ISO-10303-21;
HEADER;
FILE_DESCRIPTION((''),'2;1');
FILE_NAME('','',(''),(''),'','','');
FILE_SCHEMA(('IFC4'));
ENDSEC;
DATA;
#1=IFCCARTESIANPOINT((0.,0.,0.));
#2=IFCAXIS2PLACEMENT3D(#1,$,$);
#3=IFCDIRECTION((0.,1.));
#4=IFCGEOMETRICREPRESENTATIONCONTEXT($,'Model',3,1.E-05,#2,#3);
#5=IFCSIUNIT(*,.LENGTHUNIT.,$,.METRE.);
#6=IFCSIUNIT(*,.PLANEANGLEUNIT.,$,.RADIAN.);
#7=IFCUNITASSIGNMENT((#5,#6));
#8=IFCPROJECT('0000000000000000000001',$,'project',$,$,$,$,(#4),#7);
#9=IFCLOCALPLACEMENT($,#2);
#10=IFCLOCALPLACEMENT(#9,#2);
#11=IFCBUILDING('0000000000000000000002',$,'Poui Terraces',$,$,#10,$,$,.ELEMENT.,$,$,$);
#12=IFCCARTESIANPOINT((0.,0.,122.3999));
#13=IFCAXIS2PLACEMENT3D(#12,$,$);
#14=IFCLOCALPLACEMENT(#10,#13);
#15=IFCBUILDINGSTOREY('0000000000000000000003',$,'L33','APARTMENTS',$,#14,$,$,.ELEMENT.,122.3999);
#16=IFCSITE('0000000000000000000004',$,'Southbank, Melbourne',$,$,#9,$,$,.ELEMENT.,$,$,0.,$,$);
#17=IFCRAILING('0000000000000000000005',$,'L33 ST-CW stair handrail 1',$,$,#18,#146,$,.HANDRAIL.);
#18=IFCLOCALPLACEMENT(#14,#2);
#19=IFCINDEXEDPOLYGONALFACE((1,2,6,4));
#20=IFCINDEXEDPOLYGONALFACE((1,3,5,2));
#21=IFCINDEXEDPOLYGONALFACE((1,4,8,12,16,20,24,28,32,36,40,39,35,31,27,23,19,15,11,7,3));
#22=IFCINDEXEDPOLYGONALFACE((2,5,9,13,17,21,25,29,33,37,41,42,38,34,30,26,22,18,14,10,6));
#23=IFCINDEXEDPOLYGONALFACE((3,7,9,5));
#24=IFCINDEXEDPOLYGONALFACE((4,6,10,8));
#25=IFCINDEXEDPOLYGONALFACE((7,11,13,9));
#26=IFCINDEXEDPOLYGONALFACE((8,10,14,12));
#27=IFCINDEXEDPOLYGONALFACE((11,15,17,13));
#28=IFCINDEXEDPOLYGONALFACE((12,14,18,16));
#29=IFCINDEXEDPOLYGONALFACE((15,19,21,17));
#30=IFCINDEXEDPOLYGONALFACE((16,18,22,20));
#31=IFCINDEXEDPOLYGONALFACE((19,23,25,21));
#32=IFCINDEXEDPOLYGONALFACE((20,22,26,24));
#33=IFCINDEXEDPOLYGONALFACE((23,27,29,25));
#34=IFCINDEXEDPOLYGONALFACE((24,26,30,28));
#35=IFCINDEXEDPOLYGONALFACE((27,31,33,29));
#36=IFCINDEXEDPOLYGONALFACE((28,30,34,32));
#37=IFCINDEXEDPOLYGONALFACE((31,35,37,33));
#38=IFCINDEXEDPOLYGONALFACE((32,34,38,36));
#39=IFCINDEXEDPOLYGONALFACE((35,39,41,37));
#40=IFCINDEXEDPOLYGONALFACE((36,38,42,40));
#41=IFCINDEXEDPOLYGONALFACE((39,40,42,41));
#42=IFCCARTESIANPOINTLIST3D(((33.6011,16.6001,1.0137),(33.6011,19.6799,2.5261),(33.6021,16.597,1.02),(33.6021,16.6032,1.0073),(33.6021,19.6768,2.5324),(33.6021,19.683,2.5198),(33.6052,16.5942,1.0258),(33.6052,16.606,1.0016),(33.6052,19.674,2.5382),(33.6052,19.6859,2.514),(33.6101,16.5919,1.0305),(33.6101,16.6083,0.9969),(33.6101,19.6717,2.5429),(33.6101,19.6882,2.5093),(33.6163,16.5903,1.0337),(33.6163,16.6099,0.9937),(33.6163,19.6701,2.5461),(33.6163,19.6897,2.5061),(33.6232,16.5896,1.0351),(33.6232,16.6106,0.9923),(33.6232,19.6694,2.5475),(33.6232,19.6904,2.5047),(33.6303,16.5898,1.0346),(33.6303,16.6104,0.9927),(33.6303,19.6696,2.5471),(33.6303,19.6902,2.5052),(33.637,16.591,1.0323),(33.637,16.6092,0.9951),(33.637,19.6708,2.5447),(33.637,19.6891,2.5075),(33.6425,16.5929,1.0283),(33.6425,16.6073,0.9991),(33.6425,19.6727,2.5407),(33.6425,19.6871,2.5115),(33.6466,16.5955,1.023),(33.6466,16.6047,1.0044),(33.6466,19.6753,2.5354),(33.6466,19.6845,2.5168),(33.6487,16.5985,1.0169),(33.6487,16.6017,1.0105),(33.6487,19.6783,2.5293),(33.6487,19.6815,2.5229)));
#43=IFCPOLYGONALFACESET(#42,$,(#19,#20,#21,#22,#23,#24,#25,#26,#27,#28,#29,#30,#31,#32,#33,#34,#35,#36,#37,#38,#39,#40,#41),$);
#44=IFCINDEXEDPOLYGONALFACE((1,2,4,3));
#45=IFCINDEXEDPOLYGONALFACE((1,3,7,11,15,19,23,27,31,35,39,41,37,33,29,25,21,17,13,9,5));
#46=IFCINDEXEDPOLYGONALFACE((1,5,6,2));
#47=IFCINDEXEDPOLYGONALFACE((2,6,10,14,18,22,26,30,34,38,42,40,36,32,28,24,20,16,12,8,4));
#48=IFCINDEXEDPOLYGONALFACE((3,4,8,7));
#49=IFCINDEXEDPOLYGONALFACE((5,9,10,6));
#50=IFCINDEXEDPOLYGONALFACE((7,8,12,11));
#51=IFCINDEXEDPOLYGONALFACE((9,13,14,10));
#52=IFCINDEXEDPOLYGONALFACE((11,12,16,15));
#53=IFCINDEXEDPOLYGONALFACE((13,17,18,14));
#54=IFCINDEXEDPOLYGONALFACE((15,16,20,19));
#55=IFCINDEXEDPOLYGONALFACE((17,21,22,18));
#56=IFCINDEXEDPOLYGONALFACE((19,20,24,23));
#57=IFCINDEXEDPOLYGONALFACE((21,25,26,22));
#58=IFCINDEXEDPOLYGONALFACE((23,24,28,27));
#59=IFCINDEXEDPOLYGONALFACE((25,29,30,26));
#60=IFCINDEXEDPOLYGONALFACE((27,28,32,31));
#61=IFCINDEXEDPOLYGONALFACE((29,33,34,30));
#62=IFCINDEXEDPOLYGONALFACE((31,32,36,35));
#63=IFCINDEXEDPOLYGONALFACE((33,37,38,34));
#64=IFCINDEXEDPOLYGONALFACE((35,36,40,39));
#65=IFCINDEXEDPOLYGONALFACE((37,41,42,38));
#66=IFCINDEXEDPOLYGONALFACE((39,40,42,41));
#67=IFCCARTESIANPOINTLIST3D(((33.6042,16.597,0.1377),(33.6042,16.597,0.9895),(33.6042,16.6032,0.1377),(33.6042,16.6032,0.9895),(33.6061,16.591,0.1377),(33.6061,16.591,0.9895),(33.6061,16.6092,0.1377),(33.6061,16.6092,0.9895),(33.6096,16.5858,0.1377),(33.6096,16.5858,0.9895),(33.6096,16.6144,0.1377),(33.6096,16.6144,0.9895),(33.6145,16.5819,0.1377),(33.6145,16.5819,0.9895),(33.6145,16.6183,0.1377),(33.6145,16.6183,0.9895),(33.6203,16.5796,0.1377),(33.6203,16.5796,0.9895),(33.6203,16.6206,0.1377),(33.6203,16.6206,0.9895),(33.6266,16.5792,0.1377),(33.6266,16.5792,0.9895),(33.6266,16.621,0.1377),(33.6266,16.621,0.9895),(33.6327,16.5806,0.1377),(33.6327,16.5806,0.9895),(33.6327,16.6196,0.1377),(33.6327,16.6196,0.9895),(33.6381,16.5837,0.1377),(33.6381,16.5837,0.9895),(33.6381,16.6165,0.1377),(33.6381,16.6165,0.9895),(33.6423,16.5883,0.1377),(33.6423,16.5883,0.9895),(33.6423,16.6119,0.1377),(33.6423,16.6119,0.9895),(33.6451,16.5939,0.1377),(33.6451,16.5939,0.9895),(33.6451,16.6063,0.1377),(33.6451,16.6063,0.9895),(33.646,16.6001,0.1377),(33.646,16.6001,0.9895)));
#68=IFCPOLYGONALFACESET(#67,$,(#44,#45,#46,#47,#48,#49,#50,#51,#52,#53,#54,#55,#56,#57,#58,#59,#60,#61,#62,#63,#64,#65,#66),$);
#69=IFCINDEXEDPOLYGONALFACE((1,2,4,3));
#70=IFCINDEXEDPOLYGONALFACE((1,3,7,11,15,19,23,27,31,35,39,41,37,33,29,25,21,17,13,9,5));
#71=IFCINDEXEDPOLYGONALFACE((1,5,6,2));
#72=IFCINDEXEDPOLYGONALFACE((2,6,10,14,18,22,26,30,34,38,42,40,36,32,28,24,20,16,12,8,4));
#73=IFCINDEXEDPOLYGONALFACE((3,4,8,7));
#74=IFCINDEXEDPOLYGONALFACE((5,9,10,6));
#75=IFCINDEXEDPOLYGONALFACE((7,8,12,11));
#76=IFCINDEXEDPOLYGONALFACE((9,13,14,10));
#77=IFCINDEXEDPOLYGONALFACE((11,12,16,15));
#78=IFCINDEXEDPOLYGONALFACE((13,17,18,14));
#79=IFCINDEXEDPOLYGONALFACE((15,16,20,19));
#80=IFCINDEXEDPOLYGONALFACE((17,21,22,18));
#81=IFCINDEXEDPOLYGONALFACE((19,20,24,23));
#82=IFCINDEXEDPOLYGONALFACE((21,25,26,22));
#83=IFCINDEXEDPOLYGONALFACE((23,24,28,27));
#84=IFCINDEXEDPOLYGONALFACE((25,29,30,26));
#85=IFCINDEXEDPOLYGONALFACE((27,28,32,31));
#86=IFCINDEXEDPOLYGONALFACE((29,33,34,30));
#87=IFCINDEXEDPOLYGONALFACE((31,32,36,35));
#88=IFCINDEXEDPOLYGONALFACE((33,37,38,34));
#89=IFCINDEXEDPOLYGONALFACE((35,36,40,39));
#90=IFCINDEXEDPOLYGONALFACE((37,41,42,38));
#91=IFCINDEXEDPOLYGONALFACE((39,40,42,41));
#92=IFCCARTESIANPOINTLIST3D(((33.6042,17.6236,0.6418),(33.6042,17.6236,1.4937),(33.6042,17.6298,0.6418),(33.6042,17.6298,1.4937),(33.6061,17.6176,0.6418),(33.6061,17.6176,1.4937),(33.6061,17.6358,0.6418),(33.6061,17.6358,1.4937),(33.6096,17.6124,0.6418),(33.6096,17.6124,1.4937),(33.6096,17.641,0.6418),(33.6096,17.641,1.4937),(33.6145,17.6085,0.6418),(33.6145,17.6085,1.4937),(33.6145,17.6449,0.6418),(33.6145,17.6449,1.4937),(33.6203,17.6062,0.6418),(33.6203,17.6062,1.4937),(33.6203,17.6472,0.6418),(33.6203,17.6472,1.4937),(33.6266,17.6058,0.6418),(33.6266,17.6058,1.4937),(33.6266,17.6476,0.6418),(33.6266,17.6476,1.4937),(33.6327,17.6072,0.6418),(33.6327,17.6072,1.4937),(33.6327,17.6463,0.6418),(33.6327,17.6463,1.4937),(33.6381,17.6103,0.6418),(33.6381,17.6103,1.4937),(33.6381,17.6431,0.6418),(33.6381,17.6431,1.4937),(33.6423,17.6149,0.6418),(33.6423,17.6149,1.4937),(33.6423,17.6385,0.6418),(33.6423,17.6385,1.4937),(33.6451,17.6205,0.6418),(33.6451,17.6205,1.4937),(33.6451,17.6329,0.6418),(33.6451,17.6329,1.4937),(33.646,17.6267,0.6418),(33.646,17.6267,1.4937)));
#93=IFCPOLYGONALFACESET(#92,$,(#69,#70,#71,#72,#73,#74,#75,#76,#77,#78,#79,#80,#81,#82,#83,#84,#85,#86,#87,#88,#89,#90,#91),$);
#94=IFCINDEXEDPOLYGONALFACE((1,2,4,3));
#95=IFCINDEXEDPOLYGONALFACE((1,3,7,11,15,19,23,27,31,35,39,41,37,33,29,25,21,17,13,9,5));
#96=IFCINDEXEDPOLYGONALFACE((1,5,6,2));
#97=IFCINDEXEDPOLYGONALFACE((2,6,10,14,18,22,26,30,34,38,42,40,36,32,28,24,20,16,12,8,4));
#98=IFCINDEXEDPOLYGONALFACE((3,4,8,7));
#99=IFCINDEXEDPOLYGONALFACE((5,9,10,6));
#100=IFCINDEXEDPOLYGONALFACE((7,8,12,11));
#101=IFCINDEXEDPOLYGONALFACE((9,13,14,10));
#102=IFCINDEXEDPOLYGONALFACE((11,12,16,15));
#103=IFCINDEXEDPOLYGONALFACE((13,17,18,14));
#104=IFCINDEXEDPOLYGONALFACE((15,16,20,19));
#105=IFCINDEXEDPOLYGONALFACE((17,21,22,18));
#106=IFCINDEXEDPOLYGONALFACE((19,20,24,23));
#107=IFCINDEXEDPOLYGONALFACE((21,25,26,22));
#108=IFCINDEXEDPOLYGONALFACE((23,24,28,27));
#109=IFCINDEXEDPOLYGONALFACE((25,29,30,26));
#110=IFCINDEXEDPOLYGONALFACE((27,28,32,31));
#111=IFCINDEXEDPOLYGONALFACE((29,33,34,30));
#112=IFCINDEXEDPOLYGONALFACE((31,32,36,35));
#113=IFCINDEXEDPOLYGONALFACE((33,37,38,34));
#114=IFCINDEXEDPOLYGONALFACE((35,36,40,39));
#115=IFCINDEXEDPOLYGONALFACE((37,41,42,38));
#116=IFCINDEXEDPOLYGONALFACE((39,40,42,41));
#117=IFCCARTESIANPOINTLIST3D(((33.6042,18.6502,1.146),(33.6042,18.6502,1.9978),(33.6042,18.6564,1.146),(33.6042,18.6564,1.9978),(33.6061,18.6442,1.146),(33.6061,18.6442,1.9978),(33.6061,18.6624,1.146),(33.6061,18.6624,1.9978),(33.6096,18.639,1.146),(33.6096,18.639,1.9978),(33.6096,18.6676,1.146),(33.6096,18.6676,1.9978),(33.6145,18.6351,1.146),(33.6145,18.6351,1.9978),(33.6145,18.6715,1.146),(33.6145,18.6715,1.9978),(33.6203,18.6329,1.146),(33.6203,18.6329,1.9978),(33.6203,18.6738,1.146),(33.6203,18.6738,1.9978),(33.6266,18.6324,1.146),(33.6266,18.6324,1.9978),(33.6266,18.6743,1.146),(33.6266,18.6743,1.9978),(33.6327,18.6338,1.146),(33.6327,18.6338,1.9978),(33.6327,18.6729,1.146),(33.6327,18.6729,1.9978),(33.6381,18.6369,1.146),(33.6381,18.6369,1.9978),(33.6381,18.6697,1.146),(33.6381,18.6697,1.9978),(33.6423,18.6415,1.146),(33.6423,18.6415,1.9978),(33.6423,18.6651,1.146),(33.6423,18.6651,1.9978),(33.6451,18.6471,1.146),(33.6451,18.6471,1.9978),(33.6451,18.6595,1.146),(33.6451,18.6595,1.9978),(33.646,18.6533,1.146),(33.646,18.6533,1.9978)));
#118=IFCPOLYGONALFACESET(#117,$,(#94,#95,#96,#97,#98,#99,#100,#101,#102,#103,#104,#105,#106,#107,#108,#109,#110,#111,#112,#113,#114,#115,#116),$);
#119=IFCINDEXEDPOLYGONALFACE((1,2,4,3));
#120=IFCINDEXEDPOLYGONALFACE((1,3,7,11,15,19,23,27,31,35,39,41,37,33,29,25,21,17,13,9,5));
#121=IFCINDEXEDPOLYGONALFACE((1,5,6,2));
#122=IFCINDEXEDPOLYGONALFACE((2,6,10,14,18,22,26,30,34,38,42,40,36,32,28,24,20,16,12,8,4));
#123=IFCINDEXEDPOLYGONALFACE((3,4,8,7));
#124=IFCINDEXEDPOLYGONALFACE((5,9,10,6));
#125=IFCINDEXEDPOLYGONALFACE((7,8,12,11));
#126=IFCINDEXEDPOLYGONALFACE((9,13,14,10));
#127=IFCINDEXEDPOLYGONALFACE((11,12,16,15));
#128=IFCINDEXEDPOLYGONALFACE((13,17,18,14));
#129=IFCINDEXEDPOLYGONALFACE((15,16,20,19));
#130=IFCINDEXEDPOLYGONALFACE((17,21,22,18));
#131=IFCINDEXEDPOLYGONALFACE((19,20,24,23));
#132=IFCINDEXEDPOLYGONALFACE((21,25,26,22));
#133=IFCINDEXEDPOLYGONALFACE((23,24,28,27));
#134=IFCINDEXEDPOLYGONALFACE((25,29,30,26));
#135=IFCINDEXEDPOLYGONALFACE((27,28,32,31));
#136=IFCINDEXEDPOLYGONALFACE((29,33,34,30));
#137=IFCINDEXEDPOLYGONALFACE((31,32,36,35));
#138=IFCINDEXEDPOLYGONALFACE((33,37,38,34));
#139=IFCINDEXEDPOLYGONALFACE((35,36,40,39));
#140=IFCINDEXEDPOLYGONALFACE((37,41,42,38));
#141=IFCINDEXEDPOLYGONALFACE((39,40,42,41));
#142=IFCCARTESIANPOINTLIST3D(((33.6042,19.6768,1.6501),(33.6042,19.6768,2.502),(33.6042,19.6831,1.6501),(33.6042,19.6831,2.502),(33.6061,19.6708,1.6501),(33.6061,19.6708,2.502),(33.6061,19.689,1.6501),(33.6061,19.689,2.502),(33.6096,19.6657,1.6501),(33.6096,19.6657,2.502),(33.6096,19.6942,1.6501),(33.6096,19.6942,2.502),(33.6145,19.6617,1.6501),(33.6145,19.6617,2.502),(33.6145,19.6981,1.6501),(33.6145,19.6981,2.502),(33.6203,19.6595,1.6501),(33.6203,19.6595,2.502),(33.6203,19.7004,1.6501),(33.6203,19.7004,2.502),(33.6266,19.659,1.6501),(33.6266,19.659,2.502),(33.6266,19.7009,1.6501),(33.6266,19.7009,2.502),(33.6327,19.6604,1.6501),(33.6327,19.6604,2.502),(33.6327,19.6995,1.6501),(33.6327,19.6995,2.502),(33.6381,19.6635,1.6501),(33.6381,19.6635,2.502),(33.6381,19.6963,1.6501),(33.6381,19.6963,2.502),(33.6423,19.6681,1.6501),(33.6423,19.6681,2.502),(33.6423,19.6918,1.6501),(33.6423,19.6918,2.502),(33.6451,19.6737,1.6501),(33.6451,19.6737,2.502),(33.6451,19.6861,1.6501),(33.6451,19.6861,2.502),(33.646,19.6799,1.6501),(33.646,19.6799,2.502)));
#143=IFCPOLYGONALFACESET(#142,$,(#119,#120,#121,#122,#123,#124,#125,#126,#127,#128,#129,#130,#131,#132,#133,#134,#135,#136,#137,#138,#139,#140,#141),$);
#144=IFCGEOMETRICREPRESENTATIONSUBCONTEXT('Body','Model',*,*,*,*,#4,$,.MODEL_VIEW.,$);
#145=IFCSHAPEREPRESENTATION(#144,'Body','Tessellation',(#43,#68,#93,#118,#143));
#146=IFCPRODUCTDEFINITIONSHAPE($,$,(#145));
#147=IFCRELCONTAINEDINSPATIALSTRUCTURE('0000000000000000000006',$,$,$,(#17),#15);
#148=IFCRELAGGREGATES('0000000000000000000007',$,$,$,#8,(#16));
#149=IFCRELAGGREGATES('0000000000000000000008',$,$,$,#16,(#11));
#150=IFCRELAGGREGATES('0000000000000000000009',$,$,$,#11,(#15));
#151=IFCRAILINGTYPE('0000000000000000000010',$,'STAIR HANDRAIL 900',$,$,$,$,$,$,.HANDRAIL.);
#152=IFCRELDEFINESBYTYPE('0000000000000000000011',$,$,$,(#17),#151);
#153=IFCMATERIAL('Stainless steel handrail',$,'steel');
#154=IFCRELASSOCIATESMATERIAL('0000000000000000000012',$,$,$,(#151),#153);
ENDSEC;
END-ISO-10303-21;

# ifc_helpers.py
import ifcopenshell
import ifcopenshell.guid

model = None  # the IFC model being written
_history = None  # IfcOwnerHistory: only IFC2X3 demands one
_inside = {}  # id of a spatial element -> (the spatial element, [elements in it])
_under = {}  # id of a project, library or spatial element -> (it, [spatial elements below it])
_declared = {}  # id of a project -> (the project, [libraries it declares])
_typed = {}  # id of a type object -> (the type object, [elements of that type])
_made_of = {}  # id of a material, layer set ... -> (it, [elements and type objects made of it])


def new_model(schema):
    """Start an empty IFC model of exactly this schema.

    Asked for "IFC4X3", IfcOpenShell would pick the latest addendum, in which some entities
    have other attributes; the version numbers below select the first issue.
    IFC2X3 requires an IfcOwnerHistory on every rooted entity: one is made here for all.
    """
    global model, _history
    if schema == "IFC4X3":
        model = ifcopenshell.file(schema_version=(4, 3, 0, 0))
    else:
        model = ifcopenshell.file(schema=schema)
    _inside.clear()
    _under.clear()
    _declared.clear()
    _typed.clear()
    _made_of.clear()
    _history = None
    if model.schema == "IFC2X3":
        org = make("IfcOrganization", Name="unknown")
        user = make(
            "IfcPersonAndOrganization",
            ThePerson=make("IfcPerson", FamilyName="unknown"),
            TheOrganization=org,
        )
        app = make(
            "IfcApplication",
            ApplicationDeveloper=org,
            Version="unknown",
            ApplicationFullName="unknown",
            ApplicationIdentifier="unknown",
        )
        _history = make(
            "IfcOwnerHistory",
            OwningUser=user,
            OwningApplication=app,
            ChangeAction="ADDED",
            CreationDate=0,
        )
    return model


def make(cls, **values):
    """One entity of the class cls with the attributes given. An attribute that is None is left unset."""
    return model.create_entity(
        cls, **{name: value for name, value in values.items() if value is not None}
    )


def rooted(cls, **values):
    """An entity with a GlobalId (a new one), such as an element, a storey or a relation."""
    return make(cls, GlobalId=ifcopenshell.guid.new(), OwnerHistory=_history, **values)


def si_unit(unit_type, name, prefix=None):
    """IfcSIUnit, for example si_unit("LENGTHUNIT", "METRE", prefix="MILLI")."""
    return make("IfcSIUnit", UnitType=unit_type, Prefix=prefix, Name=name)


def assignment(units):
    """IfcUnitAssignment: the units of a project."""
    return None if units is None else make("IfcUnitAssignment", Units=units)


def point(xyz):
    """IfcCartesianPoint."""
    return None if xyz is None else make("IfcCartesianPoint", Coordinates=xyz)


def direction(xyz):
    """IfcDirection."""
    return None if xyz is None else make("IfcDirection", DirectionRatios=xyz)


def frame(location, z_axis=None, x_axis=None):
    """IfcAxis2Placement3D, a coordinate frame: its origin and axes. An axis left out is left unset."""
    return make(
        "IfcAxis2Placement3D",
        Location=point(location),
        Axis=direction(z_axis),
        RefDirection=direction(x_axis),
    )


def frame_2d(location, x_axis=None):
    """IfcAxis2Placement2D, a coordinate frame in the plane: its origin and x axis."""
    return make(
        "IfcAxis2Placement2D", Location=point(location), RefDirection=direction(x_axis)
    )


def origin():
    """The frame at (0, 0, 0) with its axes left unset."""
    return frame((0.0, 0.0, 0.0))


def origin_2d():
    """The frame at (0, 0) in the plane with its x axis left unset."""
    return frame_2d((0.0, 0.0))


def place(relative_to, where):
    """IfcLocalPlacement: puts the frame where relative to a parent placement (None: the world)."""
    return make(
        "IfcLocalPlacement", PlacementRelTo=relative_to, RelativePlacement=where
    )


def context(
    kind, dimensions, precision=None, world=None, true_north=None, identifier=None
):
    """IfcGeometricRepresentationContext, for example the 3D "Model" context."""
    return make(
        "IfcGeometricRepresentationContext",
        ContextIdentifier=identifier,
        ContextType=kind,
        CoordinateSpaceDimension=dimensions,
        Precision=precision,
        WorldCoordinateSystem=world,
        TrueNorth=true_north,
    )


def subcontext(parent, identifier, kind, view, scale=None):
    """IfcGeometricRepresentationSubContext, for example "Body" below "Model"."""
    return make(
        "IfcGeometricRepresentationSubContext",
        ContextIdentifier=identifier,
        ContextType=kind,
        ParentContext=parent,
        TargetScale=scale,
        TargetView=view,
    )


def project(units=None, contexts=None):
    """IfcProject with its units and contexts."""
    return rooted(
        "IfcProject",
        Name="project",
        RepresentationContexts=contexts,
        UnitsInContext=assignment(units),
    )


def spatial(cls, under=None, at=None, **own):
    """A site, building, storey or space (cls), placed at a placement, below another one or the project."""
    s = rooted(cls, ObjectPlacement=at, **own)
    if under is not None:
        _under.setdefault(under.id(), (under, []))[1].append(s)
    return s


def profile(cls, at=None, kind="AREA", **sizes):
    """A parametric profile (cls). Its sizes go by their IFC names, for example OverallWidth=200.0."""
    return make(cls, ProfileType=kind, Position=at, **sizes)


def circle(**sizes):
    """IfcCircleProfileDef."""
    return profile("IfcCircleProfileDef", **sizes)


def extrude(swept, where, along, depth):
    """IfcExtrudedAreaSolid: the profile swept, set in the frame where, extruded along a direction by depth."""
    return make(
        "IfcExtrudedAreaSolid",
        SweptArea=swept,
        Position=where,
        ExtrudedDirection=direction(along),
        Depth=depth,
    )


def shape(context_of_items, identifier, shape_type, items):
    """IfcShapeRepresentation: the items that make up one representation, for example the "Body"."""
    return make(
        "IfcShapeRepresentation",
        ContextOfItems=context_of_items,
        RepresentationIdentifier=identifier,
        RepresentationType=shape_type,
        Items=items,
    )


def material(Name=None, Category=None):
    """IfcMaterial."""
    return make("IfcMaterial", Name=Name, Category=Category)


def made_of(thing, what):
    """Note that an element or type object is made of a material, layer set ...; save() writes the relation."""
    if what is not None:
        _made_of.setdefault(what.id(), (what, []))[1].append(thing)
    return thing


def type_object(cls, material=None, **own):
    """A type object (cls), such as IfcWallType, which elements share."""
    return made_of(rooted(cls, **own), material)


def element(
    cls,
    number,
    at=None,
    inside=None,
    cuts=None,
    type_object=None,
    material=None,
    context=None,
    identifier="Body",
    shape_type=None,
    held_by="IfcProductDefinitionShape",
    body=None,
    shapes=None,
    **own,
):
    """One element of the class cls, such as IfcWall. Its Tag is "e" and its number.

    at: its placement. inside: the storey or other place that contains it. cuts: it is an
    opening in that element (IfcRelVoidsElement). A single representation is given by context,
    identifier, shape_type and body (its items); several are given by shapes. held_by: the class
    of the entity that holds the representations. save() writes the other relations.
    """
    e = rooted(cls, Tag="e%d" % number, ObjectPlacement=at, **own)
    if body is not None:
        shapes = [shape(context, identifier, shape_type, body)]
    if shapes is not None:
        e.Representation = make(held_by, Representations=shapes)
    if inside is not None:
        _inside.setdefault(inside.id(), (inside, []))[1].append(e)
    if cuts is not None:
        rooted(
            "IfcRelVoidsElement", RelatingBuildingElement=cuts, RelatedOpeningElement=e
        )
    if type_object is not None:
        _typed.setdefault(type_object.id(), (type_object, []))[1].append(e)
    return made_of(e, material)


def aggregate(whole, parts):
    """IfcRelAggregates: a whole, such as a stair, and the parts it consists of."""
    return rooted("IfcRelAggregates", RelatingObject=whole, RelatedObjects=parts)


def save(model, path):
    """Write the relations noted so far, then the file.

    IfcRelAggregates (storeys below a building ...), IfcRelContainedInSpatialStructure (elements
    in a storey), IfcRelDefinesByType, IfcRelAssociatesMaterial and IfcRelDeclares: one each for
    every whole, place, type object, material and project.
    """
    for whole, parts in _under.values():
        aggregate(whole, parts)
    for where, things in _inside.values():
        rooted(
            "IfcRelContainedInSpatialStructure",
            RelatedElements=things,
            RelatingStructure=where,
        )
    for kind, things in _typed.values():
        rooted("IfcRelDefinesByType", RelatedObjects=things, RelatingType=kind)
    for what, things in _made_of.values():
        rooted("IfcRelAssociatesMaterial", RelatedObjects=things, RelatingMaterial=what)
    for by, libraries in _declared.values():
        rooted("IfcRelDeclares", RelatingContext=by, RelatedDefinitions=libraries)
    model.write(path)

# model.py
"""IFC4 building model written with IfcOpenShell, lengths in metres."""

from ifc_helpers import new_model, si_unit, direction, frame, origin, origin_2d, place, context, subcontext, project, spatial, circle, extrude, material, type_object, element, save


model = new_model("IFC4")

# Units and contexts
model_context = context("Model", 3, precision=1e-05, world=origin(), true_north=direction((0.0, 1.0)))
body_context = subcontext(model_context, "Body", "Model", "MODEL_VIEW")
ifc_project = project(units=[si_unit("LENGTHUNIT", "METRE"), si_unit("PLANEANGLEUNIT", "RADIAN")], contexts=[model_context])

# Site, building, storey
site_placement = place(None, origin())
site = spatial("IfcSite", under=ifc_project, at=site_placement, Name="Southbank, Melbourne", CompositionType="ELEMENT", RefElevation=0.0)
building_placement = place(site_placement, origin())
building = spatial("IfcBuilding", under=site, at=building_placement, Name="Poui Terraces", CompositionType="ELEMENT")
storey_placement = place(building_placement, frame((0.0, 0.0, 122.3999)))
storey = spatial("IfcBuildingStorey", under=building, at=storey_placement, Name="L33", Description="APARTMENTS", CompositionType="ELEMENT", Elevation=122.3999)

# Railing
ifc_material_1 = material(Name="Stainless steel handrail", Category="steel")
railing_type_1 = type_object("IfcRailingType", Name="STAIR HANDRAIL 900", PredefinedType="HANDRAIL", material=ifc_material_1)
railing_1_placement = place(storey_placement, frame((33.625, 16.6001, 0.1377)))
element("IfcRailing", 1, at=railing_1_placement, inside=storey, type_object=railing_type_1, Name="L33 ST-CW stair handrail 1", PredefinedType="HANDRAIL", context=body_context, shape_type="SweptSolid", body=[
    extrude(circle(Radius=0.0239, at=origin_2d()), frame((0.0, 0.0, 0.876), z_axis=(0.0, 0.897606, 0.440798), x_axis=(-1.0, 0.0, 0.0)), (0.0, 0.0, 1.0), 3.4312),
    extrude(circle(Radius=0.021, at=origin_2d()), origin(), (0.0, 0.0, 1.0), 0.8518),
    extrude(circle(Radius=0.021, at=origin_2d()), frame((0.0, 1.0266, 0.5042)), (0.0, 0.0, 1.0), 0.8518),
    extrude(circle(Radius=0.021, at=origin_2d()), frame((0.0, 2.0532, 1.0083)), (0.0, 0.0, 1.0), 0.8518),
    extrude(circle(Radius=0.021, at=origin_2d()), frame((0.0, 3.0798, 1.5125)), (0.0, 0.0, 1.0), 0.8518),
])

save(model, "model.ifc")
